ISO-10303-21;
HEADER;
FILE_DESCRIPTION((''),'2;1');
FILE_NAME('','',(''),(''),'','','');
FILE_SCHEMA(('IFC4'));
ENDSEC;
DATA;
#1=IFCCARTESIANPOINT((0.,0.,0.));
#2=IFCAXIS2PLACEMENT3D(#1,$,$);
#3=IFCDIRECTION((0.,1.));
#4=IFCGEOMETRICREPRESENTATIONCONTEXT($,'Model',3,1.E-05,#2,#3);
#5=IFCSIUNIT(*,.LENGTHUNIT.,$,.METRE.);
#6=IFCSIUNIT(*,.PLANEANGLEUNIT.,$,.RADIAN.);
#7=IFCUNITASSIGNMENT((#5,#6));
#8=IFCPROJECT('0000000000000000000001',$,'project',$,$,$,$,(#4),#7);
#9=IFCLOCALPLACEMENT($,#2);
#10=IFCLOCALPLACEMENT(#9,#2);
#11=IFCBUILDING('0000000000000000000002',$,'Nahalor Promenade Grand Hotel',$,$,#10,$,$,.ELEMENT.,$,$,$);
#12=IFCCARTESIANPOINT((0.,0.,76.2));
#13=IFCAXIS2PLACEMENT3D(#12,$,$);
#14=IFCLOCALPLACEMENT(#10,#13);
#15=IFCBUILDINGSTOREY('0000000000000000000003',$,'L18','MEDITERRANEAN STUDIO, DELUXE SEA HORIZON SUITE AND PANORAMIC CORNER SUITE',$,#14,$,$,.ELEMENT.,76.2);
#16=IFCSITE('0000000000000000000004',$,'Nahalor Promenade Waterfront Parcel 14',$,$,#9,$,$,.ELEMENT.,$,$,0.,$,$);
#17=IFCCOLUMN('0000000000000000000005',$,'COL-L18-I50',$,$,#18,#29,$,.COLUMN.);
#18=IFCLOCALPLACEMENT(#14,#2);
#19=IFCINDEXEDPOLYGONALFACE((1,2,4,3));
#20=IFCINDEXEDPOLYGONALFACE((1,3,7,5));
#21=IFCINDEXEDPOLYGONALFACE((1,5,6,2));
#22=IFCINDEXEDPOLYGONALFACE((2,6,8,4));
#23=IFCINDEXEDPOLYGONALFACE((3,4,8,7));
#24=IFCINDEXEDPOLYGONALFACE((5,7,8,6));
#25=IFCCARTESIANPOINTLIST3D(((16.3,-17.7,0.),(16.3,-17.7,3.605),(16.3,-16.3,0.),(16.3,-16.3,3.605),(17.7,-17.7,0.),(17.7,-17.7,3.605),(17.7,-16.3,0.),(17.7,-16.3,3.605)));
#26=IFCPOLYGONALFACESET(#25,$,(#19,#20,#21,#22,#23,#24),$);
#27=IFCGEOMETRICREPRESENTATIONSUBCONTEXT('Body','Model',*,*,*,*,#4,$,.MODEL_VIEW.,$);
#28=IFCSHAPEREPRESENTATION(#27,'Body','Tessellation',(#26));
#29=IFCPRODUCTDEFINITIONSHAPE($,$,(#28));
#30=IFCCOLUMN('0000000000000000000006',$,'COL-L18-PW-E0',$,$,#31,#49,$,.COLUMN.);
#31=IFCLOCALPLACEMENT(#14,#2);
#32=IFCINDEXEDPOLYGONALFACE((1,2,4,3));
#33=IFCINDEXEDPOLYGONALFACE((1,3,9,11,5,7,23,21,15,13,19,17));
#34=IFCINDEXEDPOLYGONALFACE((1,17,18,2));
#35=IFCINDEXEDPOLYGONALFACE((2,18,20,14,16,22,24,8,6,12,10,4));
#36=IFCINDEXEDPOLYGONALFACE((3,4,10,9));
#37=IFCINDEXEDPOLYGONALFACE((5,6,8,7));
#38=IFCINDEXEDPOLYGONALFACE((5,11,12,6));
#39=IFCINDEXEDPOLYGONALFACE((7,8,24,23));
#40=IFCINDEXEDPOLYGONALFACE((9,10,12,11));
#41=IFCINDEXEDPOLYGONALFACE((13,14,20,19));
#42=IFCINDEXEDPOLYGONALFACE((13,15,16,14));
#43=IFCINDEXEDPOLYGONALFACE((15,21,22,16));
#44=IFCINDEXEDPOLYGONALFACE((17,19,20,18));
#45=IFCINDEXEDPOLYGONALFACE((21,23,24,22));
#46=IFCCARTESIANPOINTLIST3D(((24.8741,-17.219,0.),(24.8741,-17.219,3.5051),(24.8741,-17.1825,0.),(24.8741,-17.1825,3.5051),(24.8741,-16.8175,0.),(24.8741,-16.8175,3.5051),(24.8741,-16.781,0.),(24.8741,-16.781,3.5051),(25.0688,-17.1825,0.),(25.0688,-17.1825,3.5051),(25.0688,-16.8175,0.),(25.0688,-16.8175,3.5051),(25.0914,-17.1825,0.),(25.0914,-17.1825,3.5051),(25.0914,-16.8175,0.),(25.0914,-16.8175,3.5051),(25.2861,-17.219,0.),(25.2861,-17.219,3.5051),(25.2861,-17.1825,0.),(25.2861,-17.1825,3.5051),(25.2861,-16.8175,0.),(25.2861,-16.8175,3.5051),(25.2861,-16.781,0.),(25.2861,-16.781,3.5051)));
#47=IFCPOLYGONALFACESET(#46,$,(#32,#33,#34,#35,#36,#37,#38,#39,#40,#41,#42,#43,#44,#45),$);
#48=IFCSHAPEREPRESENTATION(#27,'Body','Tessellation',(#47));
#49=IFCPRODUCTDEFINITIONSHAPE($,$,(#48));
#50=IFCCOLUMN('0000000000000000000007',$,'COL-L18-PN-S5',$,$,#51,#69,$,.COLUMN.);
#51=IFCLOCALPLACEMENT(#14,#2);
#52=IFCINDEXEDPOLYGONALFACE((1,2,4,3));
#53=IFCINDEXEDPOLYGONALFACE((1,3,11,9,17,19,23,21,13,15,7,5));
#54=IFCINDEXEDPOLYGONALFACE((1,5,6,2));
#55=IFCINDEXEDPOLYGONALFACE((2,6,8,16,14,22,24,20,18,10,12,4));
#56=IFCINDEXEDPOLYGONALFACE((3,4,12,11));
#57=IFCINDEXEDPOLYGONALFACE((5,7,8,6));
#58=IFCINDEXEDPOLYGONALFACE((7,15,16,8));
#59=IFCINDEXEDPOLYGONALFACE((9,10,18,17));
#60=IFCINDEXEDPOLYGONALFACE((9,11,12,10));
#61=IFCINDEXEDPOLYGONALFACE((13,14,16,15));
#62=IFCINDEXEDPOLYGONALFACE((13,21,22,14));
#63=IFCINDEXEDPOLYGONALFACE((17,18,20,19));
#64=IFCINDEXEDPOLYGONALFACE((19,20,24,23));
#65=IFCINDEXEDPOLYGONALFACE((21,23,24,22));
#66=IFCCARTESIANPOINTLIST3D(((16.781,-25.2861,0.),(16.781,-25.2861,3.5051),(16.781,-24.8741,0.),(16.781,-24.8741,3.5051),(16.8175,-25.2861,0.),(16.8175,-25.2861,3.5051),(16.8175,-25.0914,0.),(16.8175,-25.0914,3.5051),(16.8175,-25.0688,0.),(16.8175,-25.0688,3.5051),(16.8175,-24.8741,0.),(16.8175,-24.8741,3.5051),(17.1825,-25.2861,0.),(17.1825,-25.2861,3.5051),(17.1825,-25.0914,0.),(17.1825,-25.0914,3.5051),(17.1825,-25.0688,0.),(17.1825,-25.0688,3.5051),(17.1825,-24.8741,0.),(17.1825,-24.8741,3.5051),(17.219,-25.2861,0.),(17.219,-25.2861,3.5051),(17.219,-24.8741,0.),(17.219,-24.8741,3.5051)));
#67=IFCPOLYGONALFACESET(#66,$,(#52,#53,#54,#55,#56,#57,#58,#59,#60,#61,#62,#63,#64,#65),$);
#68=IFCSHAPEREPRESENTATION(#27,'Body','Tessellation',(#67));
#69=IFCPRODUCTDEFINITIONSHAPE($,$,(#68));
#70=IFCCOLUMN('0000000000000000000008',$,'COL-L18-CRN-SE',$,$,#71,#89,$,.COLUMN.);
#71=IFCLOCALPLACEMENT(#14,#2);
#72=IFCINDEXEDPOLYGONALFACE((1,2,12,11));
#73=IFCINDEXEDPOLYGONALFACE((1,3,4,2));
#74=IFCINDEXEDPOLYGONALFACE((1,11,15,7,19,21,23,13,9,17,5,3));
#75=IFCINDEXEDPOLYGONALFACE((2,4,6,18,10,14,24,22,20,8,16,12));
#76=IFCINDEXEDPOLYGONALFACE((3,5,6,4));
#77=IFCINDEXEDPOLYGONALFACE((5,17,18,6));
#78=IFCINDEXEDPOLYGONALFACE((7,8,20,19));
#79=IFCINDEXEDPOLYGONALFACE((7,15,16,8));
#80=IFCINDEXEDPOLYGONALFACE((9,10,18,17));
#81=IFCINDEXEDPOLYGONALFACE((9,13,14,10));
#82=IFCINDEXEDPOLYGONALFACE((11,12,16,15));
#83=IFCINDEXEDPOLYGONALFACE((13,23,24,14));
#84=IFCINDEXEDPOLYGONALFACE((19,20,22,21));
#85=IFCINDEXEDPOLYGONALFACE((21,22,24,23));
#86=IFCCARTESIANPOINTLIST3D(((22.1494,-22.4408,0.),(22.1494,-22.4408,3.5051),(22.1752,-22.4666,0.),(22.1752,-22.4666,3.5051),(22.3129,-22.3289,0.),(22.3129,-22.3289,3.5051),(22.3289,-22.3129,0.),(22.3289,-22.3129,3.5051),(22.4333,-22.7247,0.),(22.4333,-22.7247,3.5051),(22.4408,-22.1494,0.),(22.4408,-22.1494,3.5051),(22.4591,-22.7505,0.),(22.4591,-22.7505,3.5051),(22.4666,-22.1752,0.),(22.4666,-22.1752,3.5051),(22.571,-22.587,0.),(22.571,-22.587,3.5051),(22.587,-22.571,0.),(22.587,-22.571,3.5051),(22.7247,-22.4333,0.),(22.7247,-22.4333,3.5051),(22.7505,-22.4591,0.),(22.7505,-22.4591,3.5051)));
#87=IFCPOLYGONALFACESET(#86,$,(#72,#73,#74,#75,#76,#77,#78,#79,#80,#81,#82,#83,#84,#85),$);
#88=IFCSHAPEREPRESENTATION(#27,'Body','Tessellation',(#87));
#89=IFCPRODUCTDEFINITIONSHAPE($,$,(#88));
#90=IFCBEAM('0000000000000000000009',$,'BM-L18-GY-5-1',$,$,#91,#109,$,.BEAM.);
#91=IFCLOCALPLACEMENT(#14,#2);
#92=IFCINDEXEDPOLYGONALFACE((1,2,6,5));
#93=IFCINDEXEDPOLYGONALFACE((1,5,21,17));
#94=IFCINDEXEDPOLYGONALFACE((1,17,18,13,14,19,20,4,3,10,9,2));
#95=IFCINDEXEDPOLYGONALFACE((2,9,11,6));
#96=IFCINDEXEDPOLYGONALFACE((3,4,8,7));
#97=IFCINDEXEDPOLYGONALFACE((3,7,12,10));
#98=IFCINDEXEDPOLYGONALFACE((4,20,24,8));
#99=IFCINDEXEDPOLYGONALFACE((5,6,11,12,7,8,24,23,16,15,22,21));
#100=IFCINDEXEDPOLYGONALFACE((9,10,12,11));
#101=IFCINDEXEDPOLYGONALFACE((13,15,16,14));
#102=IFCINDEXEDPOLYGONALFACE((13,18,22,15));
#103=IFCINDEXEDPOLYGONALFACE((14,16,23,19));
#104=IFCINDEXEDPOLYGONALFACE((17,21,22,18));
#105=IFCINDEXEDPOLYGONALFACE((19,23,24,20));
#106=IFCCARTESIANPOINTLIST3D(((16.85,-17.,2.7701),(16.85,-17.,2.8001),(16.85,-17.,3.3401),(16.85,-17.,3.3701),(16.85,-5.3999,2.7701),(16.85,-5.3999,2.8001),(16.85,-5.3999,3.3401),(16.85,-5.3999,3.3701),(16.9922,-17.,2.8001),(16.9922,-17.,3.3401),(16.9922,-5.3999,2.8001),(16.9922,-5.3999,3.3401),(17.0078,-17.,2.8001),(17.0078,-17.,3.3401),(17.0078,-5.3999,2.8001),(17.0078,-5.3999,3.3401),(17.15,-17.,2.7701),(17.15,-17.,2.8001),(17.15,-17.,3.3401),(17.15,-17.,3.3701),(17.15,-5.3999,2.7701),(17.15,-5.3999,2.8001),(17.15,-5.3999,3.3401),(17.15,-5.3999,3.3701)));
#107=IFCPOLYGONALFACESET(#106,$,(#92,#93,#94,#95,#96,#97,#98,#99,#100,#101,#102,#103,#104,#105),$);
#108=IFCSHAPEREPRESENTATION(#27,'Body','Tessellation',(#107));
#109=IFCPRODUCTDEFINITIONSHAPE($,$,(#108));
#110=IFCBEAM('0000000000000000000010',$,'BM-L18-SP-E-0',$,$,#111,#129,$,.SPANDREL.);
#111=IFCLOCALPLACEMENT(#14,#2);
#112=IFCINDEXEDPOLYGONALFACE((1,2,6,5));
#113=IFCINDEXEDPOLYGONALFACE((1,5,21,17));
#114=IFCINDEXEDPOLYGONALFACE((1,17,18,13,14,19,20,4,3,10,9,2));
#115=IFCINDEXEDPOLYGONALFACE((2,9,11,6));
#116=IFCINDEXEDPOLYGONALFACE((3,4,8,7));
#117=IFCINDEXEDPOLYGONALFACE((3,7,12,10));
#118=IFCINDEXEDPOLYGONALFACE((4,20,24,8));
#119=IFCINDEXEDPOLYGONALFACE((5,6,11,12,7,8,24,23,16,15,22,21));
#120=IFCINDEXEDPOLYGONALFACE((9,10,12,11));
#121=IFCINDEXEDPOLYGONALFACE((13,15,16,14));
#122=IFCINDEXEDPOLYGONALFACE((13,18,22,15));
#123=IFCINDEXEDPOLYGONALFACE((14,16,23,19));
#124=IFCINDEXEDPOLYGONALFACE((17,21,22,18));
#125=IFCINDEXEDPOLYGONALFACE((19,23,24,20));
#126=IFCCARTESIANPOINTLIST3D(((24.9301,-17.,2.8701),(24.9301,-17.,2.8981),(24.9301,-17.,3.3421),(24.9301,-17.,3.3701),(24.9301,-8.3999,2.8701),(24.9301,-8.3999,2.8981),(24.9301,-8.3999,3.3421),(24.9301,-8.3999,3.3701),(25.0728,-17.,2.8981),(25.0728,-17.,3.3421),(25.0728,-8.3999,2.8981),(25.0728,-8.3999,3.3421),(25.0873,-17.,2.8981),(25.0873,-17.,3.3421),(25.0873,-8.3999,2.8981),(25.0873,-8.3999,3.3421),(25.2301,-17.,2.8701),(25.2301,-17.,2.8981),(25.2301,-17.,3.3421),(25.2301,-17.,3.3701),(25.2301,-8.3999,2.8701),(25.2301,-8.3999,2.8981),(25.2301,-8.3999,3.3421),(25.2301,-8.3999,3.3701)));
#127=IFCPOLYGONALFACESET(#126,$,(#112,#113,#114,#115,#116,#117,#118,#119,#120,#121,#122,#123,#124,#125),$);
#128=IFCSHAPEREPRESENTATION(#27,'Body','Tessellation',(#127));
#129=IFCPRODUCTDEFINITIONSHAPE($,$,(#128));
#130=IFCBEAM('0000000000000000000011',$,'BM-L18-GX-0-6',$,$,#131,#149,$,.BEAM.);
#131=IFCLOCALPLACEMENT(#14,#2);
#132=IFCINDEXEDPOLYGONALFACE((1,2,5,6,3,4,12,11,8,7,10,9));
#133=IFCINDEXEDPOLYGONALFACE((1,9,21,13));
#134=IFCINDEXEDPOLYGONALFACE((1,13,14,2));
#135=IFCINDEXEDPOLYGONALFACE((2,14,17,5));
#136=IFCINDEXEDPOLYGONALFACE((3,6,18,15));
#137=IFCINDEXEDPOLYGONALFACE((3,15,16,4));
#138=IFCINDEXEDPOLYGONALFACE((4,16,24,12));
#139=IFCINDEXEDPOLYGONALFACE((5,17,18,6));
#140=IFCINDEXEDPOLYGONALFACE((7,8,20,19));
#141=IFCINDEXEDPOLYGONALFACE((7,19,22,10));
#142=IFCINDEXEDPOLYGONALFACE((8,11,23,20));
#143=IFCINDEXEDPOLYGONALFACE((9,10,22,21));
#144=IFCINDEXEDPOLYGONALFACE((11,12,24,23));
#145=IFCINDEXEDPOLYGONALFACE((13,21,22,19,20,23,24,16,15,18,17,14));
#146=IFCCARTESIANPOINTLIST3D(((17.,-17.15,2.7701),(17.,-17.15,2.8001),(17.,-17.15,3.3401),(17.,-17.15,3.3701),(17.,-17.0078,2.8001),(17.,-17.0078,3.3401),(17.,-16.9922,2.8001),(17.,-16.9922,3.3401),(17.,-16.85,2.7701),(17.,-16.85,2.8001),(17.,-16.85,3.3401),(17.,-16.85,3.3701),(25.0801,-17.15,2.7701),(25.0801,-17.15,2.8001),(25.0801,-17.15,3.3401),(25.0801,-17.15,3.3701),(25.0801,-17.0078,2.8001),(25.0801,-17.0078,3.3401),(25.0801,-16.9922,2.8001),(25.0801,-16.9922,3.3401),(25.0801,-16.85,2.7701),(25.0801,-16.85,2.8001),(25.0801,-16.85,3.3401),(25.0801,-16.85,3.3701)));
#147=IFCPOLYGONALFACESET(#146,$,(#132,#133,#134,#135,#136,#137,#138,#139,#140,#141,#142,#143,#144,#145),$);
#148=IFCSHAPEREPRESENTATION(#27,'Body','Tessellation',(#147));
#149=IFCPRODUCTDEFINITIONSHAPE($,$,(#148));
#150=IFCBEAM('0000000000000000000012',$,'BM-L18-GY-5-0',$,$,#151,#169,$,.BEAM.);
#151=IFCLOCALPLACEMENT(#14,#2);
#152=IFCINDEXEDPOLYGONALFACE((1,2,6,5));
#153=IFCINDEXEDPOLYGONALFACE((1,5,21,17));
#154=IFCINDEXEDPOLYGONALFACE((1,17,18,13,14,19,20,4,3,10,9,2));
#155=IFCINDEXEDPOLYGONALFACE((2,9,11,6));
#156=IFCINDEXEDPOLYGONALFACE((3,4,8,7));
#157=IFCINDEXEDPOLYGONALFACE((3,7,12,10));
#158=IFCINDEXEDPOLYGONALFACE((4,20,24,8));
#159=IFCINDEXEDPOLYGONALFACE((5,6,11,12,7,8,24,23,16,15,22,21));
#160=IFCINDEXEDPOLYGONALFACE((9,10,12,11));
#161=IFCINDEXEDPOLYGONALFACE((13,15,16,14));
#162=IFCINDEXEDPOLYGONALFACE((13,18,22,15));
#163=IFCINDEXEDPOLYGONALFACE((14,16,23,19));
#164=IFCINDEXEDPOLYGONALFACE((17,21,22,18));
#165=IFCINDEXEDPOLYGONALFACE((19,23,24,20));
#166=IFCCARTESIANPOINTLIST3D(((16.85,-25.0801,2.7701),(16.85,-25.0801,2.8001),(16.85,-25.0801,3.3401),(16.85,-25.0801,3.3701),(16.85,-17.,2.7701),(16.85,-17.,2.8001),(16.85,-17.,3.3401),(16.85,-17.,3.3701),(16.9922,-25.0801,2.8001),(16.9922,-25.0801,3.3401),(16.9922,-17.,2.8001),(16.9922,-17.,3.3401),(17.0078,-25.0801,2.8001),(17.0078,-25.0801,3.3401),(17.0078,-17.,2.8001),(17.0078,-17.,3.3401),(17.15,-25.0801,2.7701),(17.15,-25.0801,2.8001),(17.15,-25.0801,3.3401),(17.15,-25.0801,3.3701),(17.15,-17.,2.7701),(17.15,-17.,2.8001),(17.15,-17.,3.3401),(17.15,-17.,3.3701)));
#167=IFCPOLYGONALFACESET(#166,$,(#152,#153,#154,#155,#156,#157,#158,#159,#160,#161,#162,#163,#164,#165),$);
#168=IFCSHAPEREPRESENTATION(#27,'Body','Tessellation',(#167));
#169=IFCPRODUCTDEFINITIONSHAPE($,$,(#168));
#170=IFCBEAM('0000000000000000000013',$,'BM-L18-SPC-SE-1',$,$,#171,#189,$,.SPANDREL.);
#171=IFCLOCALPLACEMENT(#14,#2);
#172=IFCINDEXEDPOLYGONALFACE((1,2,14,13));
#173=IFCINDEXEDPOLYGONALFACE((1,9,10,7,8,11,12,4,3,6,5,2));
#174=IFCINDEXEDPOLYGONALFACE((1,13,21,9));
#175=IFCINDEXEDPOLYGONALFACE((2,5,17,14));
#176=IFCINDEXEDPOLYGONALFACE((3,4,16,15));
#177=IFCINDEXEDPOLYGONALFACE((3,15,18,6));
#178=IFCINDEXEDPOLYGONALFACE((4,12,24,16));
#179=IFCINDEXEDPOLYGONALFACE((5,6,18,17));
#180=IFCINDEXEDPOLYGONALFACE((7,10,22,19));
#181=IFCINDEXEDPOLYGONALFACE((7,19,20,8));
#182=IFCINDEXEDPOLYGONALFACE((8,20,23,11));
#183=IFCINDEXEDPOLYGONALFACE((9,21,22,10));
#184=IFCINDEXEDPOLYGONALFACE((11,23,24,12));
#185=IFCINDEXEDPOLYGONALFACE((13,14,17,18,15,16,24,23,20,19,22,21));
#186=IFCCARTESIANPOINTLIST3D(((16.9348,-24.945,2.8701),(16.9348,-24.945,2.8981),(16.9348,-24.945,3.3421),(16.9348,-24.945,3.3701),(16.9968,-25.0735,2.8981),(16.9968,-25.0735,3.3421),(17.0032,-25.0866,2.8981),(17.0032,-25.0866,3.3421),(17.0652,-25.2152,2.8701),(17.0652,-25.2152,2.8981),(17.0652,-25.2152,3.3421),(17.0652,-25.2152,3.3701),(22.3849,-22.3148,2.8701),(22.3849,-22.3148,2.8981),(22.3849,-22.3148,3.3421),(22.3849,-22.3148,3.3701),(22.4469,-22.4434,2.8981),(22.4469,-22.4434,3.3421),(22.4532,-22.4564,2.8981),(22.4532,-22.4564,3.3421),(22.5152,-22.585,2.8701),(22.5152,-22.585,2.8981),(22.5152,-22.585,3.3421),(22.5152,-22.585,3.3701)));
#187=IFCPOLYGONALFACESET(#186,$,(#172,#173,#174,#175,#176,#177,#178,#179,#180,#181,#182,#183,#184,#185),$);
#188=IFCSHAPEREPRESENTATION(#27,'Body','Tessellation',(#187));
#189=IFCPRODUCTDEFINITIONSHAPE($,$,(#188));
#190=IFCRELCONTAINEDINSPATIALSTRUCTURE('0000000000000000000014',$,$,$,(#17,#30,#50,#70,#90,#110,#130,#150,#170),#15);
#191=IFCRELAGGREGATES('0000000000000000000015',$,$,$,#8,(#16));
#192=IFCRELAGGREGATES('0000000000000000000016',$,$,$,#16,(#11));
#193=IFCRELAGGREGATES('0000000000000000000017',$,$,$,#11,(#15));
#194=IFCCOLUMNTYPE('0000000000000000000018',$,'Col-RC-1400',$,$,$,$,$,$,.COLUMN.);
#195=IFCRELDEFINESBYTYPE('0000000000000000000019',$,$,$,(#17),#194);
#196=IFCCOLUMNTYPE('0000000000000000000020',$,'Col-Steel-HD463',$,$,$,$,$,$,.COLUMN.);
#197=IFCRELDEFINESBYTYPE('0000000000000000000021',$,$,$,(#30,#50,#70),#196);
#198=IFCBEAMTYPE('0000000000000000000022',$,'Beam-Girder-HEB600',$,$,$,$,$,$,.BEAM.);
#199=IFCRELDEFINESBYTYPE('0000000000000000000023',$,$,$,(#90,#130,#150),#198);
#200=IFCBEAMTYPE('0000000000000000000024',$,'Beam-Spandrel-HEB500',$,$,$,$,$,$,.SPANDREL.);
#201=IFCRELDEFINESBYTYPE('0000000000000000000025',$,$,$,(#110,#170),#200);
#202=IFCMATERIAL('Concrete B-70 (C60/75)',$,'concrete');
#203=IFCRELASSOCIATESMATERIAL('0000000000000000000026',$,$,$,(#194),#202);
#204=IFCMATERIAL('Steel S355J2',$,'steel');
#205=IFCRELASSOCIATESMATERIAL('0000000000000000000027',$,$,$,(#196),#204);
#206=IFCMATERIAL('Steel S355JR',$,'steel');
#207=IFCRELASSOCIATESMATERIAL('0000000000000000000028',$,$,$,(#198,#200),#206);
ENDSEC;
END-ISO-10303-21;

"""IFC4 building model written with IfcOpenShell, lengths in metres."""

from ifc_helpers import new_model, si_unit, direction, frame, origin, origin_2d, place, context, subcontext, project, spatial, rectangle, i_section, extrude, source, transform, mapped, material, material_profile, profile_set, type_object, element, save


model = new_model("IFC4")

# Units and contexts
model_context = context("Model", 3, precision=1e-05, world=origin(), true_north=direction((0.0, 1.0)))
body_context = subcontext(model_context, "Body", "Model", "MODEL_VIEW")
ifc_project = project(units=[si_unit("LENGTHUNIT", "METRE"), si_unit("PLANEANGLEUNIT", "RADIAN")], contexts=[model_context])

# Site, building, storey
site_placement = place(None, origin())
site = spatial("IfcSite", under=ifc_project, at=site_placement, Name="Nahalor Promenade Waterfront Parcel 14", CompositionType="ELEMENT", RefElevation=0.0)
building_placement = place(site_placement, origin())
building = spatial("IfcBuilding", under=site, at=building_placement, Name="Nahalor Promenade Grand Hotel", CompositionType="ELEMENT")
storey_placement = place(building_placement, frame((0.0, 0.0, 76.2)))
storey = spatial("IfcBuildingStorey", under=building, at=storey_placement, Name="L18", Description="MEDITERRANEAN STUDIO, DELUXE SEA HORIZON SUITE AND PANORAMIC CORNER SUITE", CompositionType="ELEMENT", Elevation=76.2)

# Columns
ifc_material_1 = material(Name="Concrete B-70 (C60/75)", Category="concrete")
ifc_material_profile_1 = material_profile(ifc_material_1, rectangle(XDim=1.4, YDim=1.4, at=origin_2d()), Name="RC 1400x1400")
ifc_profile_set_1 = profile_set([ifc_material_profile_1], Name="Concrete B-70 (C60/75)")
column_type_1 = type_object("IfcColumnType", Name="Col-RC-1400", PredefinedType="COLUMN", material=ifc_profile_set_1)
shared_shape_1 = source(origin(), body_context, "Body", "SweptSolid", [
    extrude(rectangle(XDim=1.4, YDim=1.4, at=origin_2d()), origin(), (0.0, 0.0, 1.0), 3.605),
])
column_placement = place(storey_placement, frame((17.0, -17.0, 0.0), z_axis=(0.0, 0.0, 1.0), x_axis=(1.0, 0.0, 0.0)))
element("IfcColumn", 1, at=column_placement, inside=storey, type_object=column_type_1, Name="COL-L18-I50", PredefinedType="COLUMN", context=body_context, shape_type="MappedRepresentation", body=[
    mapped(shared_shape_1, transform((0.0, 0.0, 0.0), scale=1.0)),
])
ifc_material_2 = material(Name="Steel S355J2", Category="steel")
ifc_material_profile_2 = material_profile(ifc_material_2, i_section(OverallWidth=0.412, OverallDepth=0.438, WebThickness=0.0226, FlangeThickness=0.0365, at=origin_2d()), Name="HD 400x463")
ifc_profile_set_2 = profile_set([ifc_material_profile_2], Name="Steel S355J2")
column_type_2 = type_object("IfcColumnType", Name="Col-Steel-HD463", PredefinedType="COLUMN", material=ifc_profile_set_2)
shared_shape_2 = source(origin(), body_context, "Body", "SweptSolid", [
    extrude(i_section(OverallWidth=0.412, OverallDepth=0.438, WebThickness=0.0226, FlangeThickness=0.0365, at=origin_2d()), origin(), (0.0, 0.0, 1.0), 3.5051),
])
for number, where, z_axis, x_axis, name in (
    (2, (25.0801, -17.0, 0.0), (0.0, 0.0, 1.0), (1.0, 0.0, 0.0), "COL-L18-PW-E0"),
    (3, (17.0, -25.0801, 0.0), (0.0, 0.0, 1.0), (0.0, 1.0, 0.0), "COL-L18-PN-S5"),
    (4, (22.45, -22.45, 0.0), (0.0, 0.0, 1.0), (0.707107, 0.707107, 0.0), "COL-L18-CRN-SE"),
):
    element("IfcColumn", number, at=place(storey_placement, frame(where, z_axis=z_axis, x_axis=x_axis)), inside=storey, type_object=column_type_2, Name=name, PredefinedType="COLUMN", context=body_context, shape_type="MappedRepresentation", body=[
        mapped(shared_shape_2, transform((0.0, 0.0, 0.0), scale=1.0)),
    ])

# Beams
ifc_material_3 = material(Name="Steel S355JR", Category="steel")
ifc_material_profile_3 = material_profile(ifc_material_3, i_section(OverallWidth=0.3, OverallDepth=0.6, WebThickness=0.0155, FlangeThickness=0.03, at=origin_2d()), Name="HEB 600")
ifc_profile_set_3 = profile_set([ifc_material_profile_3], Name="Steel S355JR")
beam_type_1 = type_object("IfcBeamType", Name="Beam-Girder-HEB600", PredefinedType="BEAM", material=ifc_profile_set_3)
shared_shape_3 = source(origin(), body_context, "Body", "SweptSolid", [
    extrude(i_section(OverallWidth=0.3, OverallDepth=0.6, WebThickness=0.0155, FlangeThickness=0.03, at=origin_2d()), origin(), (0.0, 0.0, 1.0), 11.6001),
])
beam_1_placement = place(storey_placement, frame((17.0, -17.0, 3.0701), z_axis=(0.0, 1.0, 0.0), x_axis=(-1.0, 0.0, 0.0)))
element("IfcBeam", 5, at=beam_1_placement, inside=storey, type_object=beam_type_1, Name="BM-L18-GY-5-1", PredefinedType="BEAM", context=body_context, shape_type="MappedRepresentation", body=[
    mapped(shared_shape_3, transform((0.0, 0.0, 0.0), scale=1.0)),
])
ifc_material_profile_4 = material_profile(ifc_material_3, i_section(OverallWidth=0.3, OverallDepth=0.5, WebThickness=0.0145, FlangeThickness=0.028, at=origin_2d()), Name="HEB 500")
ifc_profile_set_4 = profile_set([ifc_material_profile_4], Name="Steel S355JR")
beam_type_2 = type_object("IfcBeamType", Name="Beam-Spandrel-HEB500", PredefinedType="SPANDREL", material=ifc_profile_set_4)
shared_shape_4 = source(origin(), body_context, "Body", "SweptSolid", [
    extrude(i_section(OverallWidth=0.3, OverallDepth=0.5, WebThickness=0.0145, FlangeThickness=0.028, at=origin_2d()), origin(), (0.0, 0.0, 1.0), 8.6001),
])
beam_2_placement = place(storey_placement, frame((25.0801, -17.0, 3.1201), z_axis=(0.0, 1.0, 0.0), x_axis=(-1.0, 0.0, 0.0)))
element("IfcBeam", 6, at=beam_2_placement, inside=storey, type_object=beam_type_2, Name="BM-L18-SP-E-0", PredefinedType="SPANDREL", context=body_context, shape_type="MappedRepresentation", body=[
    mapped(shared_shape_4, transform((0.0, 0.0, 0.0), scale=1.0)),
])
shared_shape_5 = source(origin(), body_context, "Body", "SweptSolid", [
    extrude(i_section(OverallWidth=0.3, OverallDepth=0.6, WebThickness=0.0155, FlangeThickness=0.03, at=origin_2d()), origin(), (0.0, 0.0, 1.0), 8.0801),
])
for number, where, z_axis, x_axis, name in (
    (7, (17.0, -17.0, 3.0701), (1.0, 0.0, 0.0), (0.0, 1.0, 0.0), "BM-L18-GX-0-6"),
    (8, (17.0, -25.0801, 3.0701), (0.0, 1.0, 0.0), (-1.0, 0.0, 0.0), "BM-L18-GY-5-0"),
):
    element("IfcBeam", number, at=place(storey_placement, frame(where, z_axis=z_axis, x_axis=x_axis)), inside=storey, type_object=beam_type_1, Name=name, PredefinedType="BEAM", context=body_context, shape_type="MappedRepresentation", body=[
        mapped(shared_shape_5, transform((0.0, 0.0, 0.0), scale=1.0)),
    ])
shared_shape_6 = source(origin(), body_context, "Body", "SweptSolid", [
    extrude(i_section(OverallWidth=0.3, OverallDepth=0.5, WebThickness=0.0145, FlangeThickness=0.028, at=origin_2d()), origin(), (0.0, 0.0, 1.0), 6.0515),
])
for number, where, z_axis, x_axis, name in (
    (9, (17.0, -25.0801, 3.1201), (0.900609, 0.434631, 0.0), (-0.434631, 0.900609, 0.0), "BM-L18-SPC-SE-1"),
):
    element("IfcBeam", number, at=place(storey_placement, frame(where, z_axis=z_axis, x_axis=x_axis)), inside=storey, type_object=beam_type_2, Name=name, PredefinedType="SPANDREL", context=body_context, shape_type="MappedRepresentation", body=[
        mapped(shared_shape_6, transform((0.0, 0.0, 0.0), scale=1.0)),
    ])

save(model, "model.ifc")
